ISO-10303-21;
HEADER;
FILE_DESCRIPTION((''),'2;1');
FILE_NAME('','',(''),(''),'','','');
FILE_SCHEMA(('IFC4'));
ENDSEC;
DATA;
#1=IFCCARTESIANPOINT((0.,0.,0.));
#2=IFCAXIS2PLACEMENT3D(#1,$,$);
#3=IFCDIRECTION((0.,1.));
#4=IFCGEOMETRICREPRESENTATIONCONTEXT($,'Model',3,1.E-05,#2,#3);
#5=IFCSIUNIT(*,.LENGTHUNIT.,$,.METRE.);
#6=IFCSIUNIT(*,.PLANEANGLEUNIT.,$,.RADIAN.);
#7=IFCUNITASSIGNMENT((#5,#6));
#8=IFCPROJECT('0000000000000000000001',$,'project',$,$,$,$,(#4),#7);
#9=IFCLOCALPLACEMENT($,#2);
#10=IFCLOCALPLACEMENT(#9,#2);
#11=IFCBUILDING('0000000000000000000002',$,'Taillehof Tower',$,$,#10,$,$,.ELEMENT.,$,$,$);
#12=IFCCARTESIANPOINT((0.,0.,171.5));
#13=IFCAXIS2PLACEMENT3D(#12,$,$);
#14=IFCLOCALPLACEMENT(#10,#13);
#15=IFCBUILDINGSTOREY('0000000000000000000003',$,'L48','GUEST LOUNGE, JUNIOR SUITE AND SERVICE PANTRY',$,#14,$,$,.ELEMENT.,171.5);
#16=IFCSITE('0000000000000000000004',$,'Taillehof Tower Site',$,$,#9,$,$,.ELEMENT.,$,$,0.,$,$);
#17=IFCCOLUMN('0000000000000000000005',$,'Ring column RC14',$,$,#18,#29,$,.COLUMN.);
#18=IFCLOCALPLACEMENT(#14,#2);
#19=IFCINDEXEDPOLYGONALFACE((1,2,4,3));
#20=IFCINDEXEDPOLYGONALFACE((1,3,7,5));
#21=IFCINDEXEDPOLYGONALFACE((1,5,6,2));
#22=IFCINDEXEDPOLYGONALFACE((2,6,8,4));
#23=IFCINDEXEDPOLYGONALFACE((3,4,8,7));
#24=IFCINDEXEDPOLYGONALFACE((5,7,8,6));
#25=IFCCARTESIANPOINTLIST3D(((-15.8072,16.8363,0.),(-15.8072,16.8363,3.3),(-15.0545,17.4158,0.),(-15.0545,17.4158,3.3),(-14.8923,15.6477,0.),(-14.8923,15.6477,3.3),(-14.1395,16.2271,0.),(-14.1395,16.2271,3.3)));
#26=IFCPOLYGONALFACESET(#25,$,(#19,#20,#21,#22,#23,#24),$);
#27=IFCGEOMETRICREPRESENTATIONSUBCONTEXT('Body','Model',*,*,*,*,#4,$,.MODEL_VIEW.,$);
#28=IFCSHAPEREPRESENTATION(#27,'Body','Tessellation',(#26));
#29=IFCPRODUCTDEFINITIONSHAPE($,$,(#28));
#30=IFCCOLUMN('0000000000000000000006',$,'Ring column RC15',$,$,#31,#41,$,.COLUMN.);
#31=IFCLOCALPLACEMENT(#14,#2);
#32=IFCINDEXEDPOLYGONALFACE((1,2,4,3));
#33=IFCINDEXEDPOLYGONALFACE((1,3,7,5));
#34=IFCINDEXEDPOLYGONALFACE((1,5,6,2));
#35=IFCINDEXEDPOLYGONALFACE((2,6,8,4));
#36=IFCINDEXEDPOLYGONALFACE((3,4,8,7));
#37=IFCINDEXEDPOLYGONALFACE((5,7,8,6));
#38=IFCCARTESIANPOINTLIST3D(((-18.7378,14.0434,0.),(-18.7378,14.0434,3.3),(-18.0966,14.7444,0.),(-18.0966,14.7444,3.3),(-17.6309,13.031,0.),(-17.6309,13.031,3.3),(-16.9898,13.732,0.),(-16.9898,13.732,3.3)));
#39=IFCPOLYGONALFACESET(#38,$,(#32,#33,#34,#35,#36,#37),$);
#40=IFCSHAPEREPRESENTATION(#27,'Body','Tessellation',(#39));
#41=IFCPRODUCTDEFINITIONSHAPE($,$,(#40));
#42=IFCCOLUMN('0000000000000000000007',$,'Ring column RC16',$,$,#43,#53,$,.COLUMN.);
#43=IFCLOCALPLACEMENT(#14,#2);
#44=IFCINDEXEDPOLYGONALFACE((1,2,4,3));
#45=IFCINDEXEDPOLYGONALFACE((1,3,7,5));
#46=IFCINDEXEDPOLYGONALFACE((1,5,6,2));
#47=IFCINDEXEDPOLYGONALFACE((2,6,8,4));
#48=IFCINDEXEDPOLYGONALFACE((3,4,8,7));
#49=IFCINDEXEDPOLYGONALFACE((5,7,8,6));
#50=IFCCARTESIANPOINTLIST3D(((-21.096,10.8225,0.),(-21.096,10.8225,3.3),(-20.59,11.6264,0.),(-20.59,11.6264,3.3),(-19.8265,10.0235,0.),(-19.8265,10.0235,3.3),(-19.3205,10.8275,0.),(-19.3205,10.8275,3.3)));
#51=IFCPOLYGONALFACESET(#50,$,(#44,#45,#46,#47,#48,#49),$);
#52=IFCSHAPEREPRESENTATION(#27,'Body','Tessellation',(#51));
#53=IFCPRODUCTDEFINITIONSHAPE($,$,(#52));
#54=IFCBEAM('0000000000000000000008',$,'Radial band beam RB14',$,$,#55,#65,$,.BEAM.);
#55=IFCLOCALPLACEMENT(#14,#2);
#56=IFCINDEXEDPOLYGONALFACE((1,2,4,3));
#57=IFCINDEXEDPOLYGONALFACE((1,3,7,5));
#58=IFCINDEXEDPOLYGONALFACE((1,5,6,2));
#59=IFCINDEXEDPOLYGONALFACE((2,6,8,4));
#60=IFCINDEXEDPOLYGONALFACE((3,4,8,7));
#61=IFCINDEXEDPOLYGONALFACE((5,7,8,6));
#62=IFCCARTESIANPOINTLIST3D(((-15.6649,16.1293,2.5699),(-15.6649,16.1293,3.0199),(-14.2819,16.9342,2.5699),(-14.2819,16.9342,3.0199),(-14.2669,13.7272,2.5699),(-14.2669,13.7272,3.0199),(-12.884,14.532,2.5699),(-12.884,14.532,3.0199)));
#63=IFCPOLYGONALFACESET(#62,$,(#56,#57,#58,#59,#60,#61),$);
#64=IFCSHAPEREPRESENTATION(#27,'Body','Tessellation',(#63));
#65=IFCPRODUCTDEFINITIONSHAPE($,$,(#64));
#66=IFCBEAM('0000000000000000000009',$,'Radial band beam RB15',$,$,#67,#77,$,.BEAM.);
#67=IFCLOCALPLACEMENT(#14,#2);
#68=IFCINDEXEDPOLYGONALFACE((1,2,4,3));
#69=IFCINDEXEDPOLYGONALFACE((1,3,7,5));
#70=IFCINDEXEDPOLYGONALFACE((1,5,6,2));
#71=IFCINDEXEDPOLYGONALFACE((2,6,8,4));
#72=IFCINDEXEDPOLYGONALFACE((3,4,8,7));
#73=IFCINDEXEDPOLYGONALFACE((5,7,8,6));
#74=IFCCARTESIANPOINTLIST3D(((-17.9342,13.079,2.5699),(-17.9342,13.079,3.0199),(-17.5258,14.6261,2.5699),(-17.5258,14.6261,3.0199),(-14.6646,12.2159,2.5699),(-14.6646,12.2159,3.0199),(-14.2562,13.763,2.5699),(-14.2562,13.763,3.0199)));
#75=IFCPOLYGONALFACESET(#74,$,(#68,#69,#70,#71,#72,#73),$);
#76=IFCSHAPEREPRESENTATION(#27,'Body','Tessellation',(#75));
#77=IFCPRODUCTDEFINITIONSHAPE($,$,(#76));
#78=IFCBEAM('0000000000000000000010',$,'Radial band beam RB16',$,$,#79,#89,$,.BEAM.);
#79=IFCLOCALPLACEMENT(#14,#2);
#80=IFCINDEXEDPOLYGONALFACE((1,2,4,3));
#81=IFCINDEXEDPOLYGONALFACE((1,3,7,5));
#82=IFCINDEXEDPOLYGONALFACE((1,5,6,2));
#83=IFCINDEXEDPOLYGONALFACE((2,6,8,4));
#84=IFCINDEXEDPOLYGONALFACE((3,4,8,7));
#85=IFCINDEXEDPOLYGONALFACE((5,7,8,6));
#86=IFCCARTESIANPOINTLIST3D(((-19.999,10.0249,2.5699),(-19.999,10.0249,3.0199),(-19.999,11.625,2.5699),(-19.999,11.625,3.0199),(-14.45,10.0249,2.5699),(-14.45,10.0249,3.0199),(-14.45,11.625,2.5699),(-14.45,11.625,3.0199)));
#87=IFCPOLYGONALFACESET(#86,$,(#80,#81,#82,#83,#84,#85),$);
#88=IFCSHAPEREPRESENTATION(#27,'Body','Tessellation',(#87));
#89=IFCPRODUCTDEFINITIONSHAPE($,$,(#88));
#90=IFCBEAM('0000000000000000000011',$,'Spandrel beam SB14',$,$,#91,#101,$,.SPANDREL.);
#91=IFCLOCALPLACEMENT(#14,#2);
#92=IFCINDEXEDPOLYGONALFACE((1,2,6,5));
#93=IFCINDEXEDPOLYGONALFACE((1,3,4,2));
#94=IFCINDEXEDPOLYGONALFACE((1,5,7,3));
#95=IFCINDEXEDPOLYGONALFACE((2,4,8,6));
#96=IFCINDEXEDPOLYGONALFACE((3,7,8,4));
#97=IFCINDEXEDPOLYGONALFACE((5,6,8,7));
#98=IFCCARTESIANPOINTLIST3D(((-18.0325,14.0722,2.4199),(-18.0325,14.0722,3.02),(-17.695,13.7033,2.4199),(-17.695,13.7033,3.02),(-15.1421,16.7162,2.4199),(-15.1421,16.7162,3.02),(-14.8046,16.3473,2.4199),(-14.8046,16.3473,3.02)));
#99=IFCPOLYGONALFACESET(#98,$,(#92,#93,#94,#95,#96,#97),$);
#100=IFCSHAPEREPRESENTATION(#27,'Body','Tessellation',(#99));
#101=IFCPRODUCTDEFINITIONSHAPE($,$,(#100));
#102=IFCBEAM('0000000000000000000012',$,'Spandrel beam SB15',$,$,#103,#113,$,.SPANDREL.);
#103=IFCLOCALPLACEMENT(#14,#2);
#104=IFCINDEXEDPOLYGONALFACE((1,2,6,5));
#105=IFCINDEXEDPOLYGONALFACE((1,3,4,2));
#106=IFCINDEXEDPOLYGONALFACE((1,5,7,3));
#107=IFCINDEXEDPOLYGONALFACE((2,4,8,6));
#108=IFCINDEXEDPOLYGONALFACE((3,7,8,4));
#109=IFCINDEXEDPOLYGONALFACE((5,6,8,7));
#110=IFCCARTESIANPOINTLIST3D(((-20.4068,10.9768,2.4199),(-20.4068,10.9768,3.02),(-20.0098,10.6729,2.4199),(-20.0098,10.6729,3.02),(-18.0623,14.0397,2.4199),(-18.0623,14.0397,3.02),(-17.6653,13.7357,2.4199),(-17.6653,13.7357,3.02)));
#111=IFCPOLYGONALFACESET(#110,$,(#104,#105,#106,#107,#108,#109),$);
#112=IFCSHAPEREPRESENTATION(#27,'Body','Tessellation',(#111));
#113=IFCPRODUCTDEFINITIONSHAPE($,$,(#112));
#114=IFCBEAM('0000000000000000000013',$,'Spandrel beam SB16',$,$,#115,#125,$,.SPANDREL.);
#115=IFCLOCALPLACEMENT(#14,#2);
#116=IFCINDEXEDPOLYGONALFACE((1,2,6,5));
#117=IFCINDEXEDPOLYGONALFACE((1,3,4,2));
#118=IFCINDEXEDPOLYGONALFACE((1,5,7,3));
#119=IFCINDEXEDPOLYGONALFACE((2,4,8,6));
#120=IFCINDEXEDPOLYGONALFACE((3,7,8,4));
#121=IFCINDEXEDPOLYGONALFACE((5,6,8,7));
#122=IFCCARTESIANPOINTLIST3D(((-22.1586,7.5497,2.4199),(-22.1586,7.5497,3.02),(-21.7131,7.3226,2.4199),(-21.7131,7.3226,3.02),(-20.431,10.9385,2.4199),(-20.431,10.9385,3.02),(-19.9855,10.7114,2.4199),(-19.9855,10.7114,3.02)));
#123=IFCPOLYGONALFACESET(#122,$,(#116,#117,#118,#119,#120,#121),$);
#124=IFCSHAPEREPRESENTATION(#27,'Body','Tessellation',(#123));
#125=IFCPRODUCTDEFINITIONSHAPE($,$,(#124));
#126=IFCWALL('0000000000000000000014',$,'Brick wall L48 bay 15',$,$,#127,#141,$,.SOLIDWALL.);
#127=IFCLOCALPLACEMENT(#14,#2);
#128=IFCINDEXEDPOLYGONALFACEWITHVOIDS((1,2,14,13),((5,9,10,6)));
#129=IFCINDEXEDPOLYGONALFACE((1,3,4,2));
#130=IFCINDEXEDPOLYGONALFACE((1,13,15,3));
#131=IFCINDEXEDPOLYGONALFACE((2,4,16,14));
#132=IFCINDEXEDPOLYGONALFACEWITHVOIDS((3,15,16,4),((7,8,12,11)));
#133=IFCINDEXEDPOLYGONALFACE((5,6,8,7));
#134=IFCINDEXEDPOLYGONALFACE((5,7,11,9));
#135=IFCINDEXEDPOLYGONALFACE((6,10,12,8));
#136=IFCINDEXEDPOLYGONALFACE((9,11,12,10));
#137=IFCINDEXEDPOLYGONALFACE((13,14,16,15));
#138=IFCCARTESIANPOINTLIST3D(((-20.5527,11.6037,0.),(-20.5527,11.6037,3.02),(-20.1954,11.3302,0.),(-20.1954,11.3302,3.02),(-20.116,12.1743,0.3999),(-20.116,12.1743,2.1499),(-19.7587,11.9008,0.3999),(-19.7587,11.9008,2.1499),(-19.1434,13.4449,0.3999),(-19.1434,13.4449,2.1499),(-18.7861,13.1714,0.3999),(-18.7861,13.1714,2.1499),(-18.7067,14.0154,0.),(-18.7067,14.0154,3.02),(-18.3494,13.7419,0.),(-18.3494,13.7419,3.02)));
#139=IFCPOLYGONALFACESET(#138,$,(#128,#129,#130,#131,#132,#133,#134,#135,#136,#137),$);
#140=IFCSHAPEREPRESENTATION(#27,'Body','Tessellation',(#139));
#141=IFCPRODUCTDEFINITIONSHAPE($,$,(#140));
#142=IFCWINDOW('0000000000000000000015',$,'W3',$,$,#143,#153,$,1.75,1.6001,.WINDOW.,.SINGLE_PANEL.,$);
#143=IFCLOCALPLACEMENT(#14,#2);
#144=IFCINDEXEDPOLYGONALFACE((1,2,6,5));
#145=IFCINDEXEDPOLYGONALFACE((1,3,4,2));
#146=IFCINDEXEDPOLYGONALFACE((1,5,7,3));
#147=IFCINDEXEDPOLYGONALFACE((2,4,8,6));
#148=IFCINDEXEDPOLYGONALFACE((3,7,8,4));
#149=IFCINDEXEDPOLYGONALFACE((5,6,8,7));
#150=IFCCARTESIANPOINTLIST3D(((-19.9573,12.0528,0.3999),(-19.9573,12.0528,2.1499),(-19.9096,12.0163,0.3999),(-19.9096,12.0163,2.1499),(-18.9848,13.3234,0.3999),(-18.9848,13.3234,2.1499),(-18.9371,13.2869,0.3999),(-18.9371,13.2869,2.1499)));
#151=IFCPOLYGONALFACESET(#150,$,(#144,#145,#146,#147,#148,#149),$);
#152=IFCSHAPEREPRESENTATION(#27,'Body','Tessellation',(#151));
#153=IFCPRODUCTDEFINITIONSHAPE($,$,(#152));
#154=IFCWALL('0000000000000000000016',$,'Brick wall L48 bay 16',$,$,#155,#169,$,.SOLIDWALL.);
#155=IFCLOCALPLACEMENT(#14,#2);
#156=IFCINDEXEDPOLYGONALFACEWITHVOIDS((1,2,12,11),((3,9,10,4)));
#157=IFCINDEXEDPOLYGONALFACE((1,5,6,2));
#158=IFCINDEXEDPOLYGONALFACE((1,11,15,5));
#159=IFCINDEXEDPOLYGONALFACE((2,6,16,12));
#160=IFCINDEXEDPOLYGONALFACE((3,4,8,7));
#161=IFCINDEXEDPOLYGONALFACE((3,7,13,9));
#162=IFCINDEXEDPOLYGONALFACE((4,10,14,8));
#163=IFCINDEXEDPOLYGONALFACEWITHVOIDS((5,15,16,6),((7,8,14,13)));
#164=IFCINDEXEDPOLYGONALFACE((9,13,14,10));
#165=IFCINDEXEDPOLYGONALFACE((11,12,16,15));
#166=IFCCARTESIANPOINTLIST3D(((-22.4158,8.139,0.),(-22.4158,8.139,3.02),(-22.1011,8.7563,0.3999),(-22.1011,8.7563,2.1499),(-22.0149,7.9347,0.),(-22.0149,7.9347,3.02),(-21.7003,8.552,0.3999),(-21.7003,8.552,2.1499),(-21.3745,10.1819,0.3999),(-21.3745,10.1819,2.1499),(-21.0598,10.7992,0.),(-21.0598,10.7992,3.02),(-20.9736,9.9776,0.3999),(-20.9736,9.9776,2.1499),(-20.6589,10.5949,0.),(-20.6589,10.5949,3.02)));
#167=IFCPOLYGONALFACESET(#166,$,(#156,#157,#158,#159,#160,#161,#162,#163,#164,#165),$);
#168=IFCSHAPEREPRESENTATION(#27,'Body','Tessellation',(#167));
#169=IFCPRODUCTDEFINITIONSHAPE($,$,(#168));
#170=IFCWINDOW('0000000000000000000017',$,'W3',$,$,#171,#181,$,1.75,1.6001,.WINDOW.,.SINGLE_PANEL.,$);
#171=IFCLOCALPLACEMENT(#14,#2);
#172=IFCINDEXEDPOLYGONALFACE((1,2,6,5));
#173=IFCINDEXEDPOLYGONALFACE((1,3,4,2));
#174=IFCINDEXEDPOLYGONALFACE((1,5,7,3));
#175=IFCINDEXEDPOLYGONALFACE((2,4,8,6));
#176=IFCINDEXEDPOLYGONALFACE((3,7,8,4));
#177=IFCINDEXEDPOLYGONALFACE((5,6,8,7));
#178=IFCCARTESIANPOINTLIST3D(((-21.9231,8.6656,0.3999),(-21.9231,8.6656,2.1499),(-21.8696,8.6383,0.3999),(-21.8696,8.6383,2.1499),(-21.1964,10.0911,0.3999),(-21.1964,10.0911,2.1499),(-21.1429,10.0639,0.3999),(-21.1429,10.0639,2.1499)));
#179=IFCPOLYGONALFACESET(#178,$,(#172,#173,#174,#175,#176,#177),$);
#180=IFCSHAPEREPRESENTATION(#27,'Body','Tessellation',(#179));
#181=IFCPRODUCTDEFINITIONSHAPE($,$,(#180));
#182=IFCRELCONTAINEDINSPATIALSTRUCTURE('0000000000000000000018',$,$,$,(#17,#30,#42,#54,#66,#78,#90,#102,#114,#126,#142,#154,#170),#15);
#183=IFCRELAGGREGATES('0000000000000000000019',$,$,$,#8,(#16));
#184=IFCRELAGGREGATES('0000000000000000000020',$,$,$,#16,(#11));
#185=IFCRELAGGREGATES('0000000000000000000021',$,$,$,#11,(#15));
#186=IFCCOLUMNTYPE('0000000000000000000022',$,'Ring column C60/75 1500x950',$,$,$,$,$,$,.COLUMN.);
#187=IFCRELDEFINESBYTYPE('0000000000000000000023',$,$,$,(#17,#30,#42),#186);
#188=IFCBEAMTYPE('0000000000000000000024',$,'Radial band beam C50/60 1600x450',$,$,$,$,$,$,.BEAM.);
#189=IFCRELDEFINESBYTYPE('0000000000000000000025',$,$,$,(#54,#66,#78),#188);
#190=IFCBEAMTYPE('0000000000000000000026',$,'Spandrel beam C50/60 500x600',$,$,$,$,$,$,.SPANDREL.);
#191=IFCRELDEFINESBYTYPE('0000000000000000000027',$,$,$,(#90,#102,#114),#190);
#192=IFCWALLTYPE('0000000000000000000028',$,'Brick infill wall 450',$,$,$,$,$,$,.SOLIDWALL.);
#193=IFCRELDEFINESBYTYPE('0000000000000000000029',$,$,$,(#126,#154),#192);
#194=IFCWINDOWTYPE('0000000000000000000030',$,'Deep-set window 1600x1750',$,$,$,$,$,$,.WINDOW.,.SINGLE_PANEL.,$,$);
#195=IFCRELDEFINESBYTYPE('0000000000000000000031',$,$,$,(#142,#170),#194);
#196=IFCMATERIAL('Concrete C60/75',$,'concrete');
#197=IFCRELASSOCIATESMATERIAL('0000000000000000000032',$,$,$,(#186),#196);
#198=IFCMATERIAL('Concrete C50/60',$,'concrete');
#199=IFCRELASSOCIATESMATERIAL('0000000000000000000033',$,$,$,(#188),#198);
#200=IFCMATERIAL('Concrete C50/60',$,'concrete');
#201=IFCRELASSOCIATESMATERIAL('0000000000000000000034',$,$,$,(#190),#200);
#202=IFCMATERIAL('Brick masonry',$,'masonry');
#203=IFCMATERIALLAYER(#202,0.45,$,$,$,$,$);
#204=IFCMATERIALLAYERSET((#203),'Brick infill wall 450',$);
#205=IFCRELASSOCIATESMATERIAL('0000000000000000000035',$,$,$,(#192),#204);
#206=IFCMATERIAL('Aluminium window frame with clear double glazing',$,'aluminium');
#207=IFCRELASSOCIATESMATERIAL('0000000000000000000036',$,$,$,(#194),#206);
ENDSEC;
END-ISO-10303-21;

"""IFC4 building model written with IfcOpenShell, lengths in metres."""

from ifc_helpers import new_model, si_unit, direction, frame, frame_2d, origin, origin_2d, place, context, subcontext, project, spatial, rectangle, extrude, material, layer, layer_set, material_profile, profile_set, type_object, element, fill, save


model = new_model("IFC4")

# Units and contexts
model_context = context("Model", 3, precision=1e-05, world=origin(), true_north=direction((0.0, 1.0)))
body_context = subcontext(model_context, "Body", "Model", "MODEL_VIEW")
ifc_project = project(units=[si_unit("LENGTHUNIT", "METRE"), si_unit("PLANEANGLEUNIT", "RADIAN")], contexts=[model_context])

# Site, building, storey
site_placement = place(None, origin())
site = spatial("IfcSite", under=ifc_project, at=site_placement, Name="Taillehof Tower Site", CompositionType="ELEMENT", RefElevation=0.0)
building_placement = place(site_placement, origin())
building = spatial("IfcBuilding", under=site, at=building_placement, Name="Taillehof Tower", CompositionType="ELEMENT")
storey_placement = place(building_placement, frame((0.0, 0.0, 171.5)))
storey = spatial("IfcBuildingStorey", under=building, at=storey_placement, Name="L48", Description="GUEST LOUNGE, JUNIOR SUITE AND SERVICE PANTRY", CompositionType="ELEMENT", Elevation=171.5)

# Columns
ifc_material_1 = material(Name="Concrete C60/75", Category="concrete")
ifc_material_profile_1 = material_profile(ifc_material_1, rectangle(XDim=1.5, YDim=0.95, at=origin_2d()), Name="RC 1500x950")
ifc_profile_set_1 = profile_set([ifc_material_profile_1], Name="Concrete C60/75")
column_type = type_object("IfcColumnType", Name="Ring column C60/75 1500x950", PredefinedType="COLUMN", material=ifc_profile_set_1)
for number, where, z_axis, x_axis, name in (
    (1, (-14.9734, 16.5317, 0.0), (0.0, 0.0, 1.0), (-0.609971, 0.792424, 0.0), "Ring column RC14"),
    (2, (-17.8638, 13.8877, 0.0), (0.0, 0.0, 1.0), (-0.737879, 0.674933, 0.0), "Ring column RC15"),
    (3, (-20.2083, 10.825, 0.0), (0.0, 0.0, 1.0), (-0.846334, 0.532652, 0.0), "Ring column RC16"),
):
    element("IfcColumn", number, at=place(storey_placement, frame(where, z_axis=z_axis, x_axis=x_axis)), inside=storey, type_object=column_type, Name=name, PredefinedType="COLUMN", context=body_context, shape_type="SweptSolid", body=[
        extrude(rectangle(XDim=1.5, YDim=0.95, at=origin_2d()), origin(), (0.0, 0.0, 1.0), 3.3),
    ])

# Beams
ifc_material_2 = material(Name="Concrete C50/60", Category="concrete")
ifc_material_profile_2 = material_profile(ifc_material_2, rectangle(XDim=1.6001, YDim=0.45, at=origin_2d()), Name="RC 1600x450")
ifc_profile_set_2 = profile_set([ifc_material_profile_2], Name="Concrete C50/60")
beam_type_1 = type_object("IfcBeamType", Name="Radial band beam C50/60 1600x450", PredefinedType="BEAM", material=ifc_profile_set_2)
beam_1_placement = place(storey_placement, frame((-14.9734, 16.5317, 2.7949), z_axis=(0.502991, -0.864291, 0.0), x_axis=(0.864291, 0.502991, 0.0)))
element("IfcBeam", 4, at=beam_1_placement, inside=storey, type_object=beam_type_1, Name="Radial band beam RB14", PredefinedType="BEAM", context=body_context, shape_type="SweptSolid", body=[
    extrude(rectangle(XDim=1.6001, YDim=0.45, at=origin_2d()), origin(), (0.0, 0.0, 1.0), 2.7793),
])
beam_2_placement = place(storey_placement, frame((-17.73, 13.8525, 2.7949), z_axis=(0.966883, -0.255222, 0.0), x_axis=(0.255222, 0.966883, 0.0)))
element("IfcBeam", 5, at=beam_2_placement, inside=storey, type_object=beam_type_1, Name="Radial band beam RB15", PredefinedType="BEAM", context=body_context, shape_type="SweptSolid", body=[
    extrude(rectangle(XDim=1.6001, YDim=0.45, at=origin_2d()), origin(), (0.0, 0.0, 1.0), 3.3816),
])
beam_3_placement = place(storey_placement, frame((-19.999, 10.825, 2.7949), z_axis=(1.0, 0.0, 0.0), x_axis=(0.0, 1.0, 0.0)))
element("IfcBeam", 6, at=beam_3_placement, inside=storey, type_object=beam_type_1, Name="Radial band beam RB16", PredefinedType="BEAM", context=body_context, shape_type="SweptSolid", body=[
    extrude(rectangle(XDim=1.6001, YDim=0.45, at=origin_2d()), origin(), (0.0, 0.0, 1.0), 5.5491),
])
ifc_material_3 = material(Name="Concrete C50/60", Category="concrete")
ifc_material_profile_3 = material_profile(ifc_material_3, rectangle(XDim=0.5, YDim=0.6001, at=origin_2d()), Name="RC 500x600")
ifc_profile_set_3 = profile_set([ifc_material_profile_3], Name="Concrete C50/60")
beam_type_2 = type_object("IfcBeamType", Name="Spandrel beam C50/60 500x600", PredefinedType="SPANDREL", material=ifc_profile_set_3)
beam_4_placement = place(storey_placement, frame((-14.9734, 16.5317, 2.72), z_axis=(-0.73785, -0.674965, 0.0), x_axis=(0.674965, -0.73785, 0.0)))
element("IfcBeam", 7, at=beam_4_placement, inside=storey, type_object=beam_type_2, Name="Spandrel beam SB14", PredefinedType="SPANDREL", context=body_context, shape_type="SweptSolid", body=[
    extrude(rectangle(XDim=0.5, YDim=0.6001, at=origin_2d()), origin(), (0.0, 0.0, 1.0), 3.9172),
])
beam_5_placement = place(storey_placement, frame((-17.8638, 13.8877, 2.72), z_axis=(-0.60784, -0.794059, 0.0), x_axis=(0.794059, -0.60784, 0.0)))
element("IfcBeam", 8, at=beam_5_placement, inside=storey, type_object=beam_type_2, Name="Spandrel beam SB15", PredefinedType="SPANDREL", context=body_context, shape_type="SweptSolid", body=[
    extrude(rectangle(XDim=0.5, YDim=0.6001, at=origin_2d()), origin(), (0.0, 0.0, 1.0), 3.8572),
])
beam_6_placement = place(storey_placement, frame((-20.2083, 10.825, 2.72), z_axis=(-0.454183, -0.890908, 0.0), x_axis=(0.890908, -0.454183, 0.0)))
element("IfcBeam", 9, at=beam_6_placement, inside=storey, type_object=beam_type_2, Name="Spandrel beam SB16", PredefinedType="SPANDREL", context=body_context, shape_type="SweptSolid", body=[
    extrude(rectangle(XDim=0.5, YDim=0.6001, at=origin_2d()), origin(), (0.0, 0.0, 1.0), 3.8037),
])

# Walls, openings, windows
ifc_material_4 = material(Name="Brick masonry", Category="masonry")
ifc_layer_1 = layer(ifc_material_4, 0.45)
ifc_layer_set_1 = layer_set([ifc_layer_1], Name="Brick infill wall 450")
wall_type_1 = type_object("IfcWallType", Name="Brick infill wall 450", PredefinedType="SOLIDWALL", material=ifc_layer_set_1)
wall_1_placement = place(storey_placement, frame((-18.5281, 13.8787, 0.0), z_axis=(0.0, 0.0, 1.0), x_axis=(-0.607817, -0.794077, 0.0)))
wall_1 = element("IfcWall", 10, at=wall_1_placement, inside=storey, type_object=wall_type_1, Name="Brick wall L48 bay 15", PredefinedType="SOLIDWALL", context=body_context, shape_type="SweptSolid", body=[
    extrude(rectangle(XDim=3.0371, YDim=0.45, at=frame_2d((1.5186, 0.0))), origin(), (0.0, 0.0, 1.0), 3.02),
])
opening_1_placement = place(wall_1_placement, frame((0.7185, 0.0, 0.3999)))
opening_1 = element("IfcOpeningElement", 11, at=opening_1_placement, cuts=wall_1, PredefinedType="OPENING", context=body_context, shape_type="SweptSolid", body=[
    extrude(rectangle(XDim=1.6001, YDim=1.75, at=frame_2d((0.8, 0.875))), frame((0.0, 0.2349, 0.0), z_axis=(0.0, -1.0, 0.0), x_axis=(1.0, 0.0, 0.0)), (0.0, 0.0, 1.0), 0.47),
])
ifc_material_5 = material(Name="Aluminium window frame with clear double glazing", Category="aluminium")
window_type_1 = type_object("IfcWindowType", Name="Deep-set window 1600x1750", PartitioningType="SINGLE_PANEL", PredefinedType="WINDOW", material=ifc_material_5)
window_1_placement = place(opening_1_placement, origin())
window_1 = element("IfcWindow", 12, at=window_1_placement, inside=storey, type_object=window_type_1, Name="W3", OverallHeight=1.75, OverallWidth=1.6001, PartitioningType="SINGLE_PANEL", PredefinedType="WINDOW", context=body_context, shape_type="SweptSolid", body=[
    extrude(rectangle(XDim=1.6001, YDim=1.75, at=frame_2d((0.8, 0.875))), frame((0.0, 0.0349, 0.0), z_axis=(0.0, -1.0, 0.0), x_axis=(1.0, 0.0, 0.0)), (0.0, 0.0, 1.0), 0.0601),
])
fill(opening_1, window_1)
wall_2_placement = place(storey_placement, frame((-20.8594, 10.697, 0.0), z_axis=(0.0, 0.0, 1.0), x_axis=(-0.454134, -0.890933, 0.0)))
wall_2 = element("IfcWall", 13, at=wall_2_placement, inside=storey, type_object=wall_type_1, Name="Brick wall L48 bay 16", PredefinedType="SOLIDWALL", context=body_context, shape_type="SweptSolid", body=[
    extrude(rectangle(XDim=2.9858, YDim=0.45, at=frame_2d((1.4929, 0.0))), origin(), (0.0, 0.0, 1.0), 3.02),
])
opening_2_placement = place(wall_2_placement, frame((0.6929, 0.0, 0.3999)))
opening_2 = element("IfcOpeningElement", 14, at=opening_2_placement, cuts=wall_2, PredefinedType="OPENING", context=body_context, shape_type="SweptSolid", body=[
    extrude(rectangle(XDim=1.6001, YDim=1.75, at=frame_2d((0.8, 0.875))), frame((0.0, 0.2349, 0.0), z_axis=(0.0, -1.0, 0.0), x_axis=(1.0, 0.0, 0.0)), (0.0, 0.0, 1.0), 0.47),
])
window_2_placement = place(opening_2_placement, origin())
window_2 = element("IfcWindow", 15, at=window_2_placement, inside=storey, type_object=window_type_1, Name="W3", OverallHeight=1.75, OverallWidth=1.6001, PartitioningType="SINGLE_PANEL", PredefinedType="WINDOW", context=body_context, shape_type="SweptSolid", body=[
    extrude(rectangle(XDim=1.6001, YDim=1.75, at=frame_2d((0.8, 0.875))), frame((0.0, 0.0349, 0.0), z_axis=(0.0, -1.0, 0.0), x_axis=(1.0, 0.0, 0.0)), (0.0, 0.0, 1.0), 0.0601),
])
fill(opening_2, window_2)

save(model, "model.ifc")
